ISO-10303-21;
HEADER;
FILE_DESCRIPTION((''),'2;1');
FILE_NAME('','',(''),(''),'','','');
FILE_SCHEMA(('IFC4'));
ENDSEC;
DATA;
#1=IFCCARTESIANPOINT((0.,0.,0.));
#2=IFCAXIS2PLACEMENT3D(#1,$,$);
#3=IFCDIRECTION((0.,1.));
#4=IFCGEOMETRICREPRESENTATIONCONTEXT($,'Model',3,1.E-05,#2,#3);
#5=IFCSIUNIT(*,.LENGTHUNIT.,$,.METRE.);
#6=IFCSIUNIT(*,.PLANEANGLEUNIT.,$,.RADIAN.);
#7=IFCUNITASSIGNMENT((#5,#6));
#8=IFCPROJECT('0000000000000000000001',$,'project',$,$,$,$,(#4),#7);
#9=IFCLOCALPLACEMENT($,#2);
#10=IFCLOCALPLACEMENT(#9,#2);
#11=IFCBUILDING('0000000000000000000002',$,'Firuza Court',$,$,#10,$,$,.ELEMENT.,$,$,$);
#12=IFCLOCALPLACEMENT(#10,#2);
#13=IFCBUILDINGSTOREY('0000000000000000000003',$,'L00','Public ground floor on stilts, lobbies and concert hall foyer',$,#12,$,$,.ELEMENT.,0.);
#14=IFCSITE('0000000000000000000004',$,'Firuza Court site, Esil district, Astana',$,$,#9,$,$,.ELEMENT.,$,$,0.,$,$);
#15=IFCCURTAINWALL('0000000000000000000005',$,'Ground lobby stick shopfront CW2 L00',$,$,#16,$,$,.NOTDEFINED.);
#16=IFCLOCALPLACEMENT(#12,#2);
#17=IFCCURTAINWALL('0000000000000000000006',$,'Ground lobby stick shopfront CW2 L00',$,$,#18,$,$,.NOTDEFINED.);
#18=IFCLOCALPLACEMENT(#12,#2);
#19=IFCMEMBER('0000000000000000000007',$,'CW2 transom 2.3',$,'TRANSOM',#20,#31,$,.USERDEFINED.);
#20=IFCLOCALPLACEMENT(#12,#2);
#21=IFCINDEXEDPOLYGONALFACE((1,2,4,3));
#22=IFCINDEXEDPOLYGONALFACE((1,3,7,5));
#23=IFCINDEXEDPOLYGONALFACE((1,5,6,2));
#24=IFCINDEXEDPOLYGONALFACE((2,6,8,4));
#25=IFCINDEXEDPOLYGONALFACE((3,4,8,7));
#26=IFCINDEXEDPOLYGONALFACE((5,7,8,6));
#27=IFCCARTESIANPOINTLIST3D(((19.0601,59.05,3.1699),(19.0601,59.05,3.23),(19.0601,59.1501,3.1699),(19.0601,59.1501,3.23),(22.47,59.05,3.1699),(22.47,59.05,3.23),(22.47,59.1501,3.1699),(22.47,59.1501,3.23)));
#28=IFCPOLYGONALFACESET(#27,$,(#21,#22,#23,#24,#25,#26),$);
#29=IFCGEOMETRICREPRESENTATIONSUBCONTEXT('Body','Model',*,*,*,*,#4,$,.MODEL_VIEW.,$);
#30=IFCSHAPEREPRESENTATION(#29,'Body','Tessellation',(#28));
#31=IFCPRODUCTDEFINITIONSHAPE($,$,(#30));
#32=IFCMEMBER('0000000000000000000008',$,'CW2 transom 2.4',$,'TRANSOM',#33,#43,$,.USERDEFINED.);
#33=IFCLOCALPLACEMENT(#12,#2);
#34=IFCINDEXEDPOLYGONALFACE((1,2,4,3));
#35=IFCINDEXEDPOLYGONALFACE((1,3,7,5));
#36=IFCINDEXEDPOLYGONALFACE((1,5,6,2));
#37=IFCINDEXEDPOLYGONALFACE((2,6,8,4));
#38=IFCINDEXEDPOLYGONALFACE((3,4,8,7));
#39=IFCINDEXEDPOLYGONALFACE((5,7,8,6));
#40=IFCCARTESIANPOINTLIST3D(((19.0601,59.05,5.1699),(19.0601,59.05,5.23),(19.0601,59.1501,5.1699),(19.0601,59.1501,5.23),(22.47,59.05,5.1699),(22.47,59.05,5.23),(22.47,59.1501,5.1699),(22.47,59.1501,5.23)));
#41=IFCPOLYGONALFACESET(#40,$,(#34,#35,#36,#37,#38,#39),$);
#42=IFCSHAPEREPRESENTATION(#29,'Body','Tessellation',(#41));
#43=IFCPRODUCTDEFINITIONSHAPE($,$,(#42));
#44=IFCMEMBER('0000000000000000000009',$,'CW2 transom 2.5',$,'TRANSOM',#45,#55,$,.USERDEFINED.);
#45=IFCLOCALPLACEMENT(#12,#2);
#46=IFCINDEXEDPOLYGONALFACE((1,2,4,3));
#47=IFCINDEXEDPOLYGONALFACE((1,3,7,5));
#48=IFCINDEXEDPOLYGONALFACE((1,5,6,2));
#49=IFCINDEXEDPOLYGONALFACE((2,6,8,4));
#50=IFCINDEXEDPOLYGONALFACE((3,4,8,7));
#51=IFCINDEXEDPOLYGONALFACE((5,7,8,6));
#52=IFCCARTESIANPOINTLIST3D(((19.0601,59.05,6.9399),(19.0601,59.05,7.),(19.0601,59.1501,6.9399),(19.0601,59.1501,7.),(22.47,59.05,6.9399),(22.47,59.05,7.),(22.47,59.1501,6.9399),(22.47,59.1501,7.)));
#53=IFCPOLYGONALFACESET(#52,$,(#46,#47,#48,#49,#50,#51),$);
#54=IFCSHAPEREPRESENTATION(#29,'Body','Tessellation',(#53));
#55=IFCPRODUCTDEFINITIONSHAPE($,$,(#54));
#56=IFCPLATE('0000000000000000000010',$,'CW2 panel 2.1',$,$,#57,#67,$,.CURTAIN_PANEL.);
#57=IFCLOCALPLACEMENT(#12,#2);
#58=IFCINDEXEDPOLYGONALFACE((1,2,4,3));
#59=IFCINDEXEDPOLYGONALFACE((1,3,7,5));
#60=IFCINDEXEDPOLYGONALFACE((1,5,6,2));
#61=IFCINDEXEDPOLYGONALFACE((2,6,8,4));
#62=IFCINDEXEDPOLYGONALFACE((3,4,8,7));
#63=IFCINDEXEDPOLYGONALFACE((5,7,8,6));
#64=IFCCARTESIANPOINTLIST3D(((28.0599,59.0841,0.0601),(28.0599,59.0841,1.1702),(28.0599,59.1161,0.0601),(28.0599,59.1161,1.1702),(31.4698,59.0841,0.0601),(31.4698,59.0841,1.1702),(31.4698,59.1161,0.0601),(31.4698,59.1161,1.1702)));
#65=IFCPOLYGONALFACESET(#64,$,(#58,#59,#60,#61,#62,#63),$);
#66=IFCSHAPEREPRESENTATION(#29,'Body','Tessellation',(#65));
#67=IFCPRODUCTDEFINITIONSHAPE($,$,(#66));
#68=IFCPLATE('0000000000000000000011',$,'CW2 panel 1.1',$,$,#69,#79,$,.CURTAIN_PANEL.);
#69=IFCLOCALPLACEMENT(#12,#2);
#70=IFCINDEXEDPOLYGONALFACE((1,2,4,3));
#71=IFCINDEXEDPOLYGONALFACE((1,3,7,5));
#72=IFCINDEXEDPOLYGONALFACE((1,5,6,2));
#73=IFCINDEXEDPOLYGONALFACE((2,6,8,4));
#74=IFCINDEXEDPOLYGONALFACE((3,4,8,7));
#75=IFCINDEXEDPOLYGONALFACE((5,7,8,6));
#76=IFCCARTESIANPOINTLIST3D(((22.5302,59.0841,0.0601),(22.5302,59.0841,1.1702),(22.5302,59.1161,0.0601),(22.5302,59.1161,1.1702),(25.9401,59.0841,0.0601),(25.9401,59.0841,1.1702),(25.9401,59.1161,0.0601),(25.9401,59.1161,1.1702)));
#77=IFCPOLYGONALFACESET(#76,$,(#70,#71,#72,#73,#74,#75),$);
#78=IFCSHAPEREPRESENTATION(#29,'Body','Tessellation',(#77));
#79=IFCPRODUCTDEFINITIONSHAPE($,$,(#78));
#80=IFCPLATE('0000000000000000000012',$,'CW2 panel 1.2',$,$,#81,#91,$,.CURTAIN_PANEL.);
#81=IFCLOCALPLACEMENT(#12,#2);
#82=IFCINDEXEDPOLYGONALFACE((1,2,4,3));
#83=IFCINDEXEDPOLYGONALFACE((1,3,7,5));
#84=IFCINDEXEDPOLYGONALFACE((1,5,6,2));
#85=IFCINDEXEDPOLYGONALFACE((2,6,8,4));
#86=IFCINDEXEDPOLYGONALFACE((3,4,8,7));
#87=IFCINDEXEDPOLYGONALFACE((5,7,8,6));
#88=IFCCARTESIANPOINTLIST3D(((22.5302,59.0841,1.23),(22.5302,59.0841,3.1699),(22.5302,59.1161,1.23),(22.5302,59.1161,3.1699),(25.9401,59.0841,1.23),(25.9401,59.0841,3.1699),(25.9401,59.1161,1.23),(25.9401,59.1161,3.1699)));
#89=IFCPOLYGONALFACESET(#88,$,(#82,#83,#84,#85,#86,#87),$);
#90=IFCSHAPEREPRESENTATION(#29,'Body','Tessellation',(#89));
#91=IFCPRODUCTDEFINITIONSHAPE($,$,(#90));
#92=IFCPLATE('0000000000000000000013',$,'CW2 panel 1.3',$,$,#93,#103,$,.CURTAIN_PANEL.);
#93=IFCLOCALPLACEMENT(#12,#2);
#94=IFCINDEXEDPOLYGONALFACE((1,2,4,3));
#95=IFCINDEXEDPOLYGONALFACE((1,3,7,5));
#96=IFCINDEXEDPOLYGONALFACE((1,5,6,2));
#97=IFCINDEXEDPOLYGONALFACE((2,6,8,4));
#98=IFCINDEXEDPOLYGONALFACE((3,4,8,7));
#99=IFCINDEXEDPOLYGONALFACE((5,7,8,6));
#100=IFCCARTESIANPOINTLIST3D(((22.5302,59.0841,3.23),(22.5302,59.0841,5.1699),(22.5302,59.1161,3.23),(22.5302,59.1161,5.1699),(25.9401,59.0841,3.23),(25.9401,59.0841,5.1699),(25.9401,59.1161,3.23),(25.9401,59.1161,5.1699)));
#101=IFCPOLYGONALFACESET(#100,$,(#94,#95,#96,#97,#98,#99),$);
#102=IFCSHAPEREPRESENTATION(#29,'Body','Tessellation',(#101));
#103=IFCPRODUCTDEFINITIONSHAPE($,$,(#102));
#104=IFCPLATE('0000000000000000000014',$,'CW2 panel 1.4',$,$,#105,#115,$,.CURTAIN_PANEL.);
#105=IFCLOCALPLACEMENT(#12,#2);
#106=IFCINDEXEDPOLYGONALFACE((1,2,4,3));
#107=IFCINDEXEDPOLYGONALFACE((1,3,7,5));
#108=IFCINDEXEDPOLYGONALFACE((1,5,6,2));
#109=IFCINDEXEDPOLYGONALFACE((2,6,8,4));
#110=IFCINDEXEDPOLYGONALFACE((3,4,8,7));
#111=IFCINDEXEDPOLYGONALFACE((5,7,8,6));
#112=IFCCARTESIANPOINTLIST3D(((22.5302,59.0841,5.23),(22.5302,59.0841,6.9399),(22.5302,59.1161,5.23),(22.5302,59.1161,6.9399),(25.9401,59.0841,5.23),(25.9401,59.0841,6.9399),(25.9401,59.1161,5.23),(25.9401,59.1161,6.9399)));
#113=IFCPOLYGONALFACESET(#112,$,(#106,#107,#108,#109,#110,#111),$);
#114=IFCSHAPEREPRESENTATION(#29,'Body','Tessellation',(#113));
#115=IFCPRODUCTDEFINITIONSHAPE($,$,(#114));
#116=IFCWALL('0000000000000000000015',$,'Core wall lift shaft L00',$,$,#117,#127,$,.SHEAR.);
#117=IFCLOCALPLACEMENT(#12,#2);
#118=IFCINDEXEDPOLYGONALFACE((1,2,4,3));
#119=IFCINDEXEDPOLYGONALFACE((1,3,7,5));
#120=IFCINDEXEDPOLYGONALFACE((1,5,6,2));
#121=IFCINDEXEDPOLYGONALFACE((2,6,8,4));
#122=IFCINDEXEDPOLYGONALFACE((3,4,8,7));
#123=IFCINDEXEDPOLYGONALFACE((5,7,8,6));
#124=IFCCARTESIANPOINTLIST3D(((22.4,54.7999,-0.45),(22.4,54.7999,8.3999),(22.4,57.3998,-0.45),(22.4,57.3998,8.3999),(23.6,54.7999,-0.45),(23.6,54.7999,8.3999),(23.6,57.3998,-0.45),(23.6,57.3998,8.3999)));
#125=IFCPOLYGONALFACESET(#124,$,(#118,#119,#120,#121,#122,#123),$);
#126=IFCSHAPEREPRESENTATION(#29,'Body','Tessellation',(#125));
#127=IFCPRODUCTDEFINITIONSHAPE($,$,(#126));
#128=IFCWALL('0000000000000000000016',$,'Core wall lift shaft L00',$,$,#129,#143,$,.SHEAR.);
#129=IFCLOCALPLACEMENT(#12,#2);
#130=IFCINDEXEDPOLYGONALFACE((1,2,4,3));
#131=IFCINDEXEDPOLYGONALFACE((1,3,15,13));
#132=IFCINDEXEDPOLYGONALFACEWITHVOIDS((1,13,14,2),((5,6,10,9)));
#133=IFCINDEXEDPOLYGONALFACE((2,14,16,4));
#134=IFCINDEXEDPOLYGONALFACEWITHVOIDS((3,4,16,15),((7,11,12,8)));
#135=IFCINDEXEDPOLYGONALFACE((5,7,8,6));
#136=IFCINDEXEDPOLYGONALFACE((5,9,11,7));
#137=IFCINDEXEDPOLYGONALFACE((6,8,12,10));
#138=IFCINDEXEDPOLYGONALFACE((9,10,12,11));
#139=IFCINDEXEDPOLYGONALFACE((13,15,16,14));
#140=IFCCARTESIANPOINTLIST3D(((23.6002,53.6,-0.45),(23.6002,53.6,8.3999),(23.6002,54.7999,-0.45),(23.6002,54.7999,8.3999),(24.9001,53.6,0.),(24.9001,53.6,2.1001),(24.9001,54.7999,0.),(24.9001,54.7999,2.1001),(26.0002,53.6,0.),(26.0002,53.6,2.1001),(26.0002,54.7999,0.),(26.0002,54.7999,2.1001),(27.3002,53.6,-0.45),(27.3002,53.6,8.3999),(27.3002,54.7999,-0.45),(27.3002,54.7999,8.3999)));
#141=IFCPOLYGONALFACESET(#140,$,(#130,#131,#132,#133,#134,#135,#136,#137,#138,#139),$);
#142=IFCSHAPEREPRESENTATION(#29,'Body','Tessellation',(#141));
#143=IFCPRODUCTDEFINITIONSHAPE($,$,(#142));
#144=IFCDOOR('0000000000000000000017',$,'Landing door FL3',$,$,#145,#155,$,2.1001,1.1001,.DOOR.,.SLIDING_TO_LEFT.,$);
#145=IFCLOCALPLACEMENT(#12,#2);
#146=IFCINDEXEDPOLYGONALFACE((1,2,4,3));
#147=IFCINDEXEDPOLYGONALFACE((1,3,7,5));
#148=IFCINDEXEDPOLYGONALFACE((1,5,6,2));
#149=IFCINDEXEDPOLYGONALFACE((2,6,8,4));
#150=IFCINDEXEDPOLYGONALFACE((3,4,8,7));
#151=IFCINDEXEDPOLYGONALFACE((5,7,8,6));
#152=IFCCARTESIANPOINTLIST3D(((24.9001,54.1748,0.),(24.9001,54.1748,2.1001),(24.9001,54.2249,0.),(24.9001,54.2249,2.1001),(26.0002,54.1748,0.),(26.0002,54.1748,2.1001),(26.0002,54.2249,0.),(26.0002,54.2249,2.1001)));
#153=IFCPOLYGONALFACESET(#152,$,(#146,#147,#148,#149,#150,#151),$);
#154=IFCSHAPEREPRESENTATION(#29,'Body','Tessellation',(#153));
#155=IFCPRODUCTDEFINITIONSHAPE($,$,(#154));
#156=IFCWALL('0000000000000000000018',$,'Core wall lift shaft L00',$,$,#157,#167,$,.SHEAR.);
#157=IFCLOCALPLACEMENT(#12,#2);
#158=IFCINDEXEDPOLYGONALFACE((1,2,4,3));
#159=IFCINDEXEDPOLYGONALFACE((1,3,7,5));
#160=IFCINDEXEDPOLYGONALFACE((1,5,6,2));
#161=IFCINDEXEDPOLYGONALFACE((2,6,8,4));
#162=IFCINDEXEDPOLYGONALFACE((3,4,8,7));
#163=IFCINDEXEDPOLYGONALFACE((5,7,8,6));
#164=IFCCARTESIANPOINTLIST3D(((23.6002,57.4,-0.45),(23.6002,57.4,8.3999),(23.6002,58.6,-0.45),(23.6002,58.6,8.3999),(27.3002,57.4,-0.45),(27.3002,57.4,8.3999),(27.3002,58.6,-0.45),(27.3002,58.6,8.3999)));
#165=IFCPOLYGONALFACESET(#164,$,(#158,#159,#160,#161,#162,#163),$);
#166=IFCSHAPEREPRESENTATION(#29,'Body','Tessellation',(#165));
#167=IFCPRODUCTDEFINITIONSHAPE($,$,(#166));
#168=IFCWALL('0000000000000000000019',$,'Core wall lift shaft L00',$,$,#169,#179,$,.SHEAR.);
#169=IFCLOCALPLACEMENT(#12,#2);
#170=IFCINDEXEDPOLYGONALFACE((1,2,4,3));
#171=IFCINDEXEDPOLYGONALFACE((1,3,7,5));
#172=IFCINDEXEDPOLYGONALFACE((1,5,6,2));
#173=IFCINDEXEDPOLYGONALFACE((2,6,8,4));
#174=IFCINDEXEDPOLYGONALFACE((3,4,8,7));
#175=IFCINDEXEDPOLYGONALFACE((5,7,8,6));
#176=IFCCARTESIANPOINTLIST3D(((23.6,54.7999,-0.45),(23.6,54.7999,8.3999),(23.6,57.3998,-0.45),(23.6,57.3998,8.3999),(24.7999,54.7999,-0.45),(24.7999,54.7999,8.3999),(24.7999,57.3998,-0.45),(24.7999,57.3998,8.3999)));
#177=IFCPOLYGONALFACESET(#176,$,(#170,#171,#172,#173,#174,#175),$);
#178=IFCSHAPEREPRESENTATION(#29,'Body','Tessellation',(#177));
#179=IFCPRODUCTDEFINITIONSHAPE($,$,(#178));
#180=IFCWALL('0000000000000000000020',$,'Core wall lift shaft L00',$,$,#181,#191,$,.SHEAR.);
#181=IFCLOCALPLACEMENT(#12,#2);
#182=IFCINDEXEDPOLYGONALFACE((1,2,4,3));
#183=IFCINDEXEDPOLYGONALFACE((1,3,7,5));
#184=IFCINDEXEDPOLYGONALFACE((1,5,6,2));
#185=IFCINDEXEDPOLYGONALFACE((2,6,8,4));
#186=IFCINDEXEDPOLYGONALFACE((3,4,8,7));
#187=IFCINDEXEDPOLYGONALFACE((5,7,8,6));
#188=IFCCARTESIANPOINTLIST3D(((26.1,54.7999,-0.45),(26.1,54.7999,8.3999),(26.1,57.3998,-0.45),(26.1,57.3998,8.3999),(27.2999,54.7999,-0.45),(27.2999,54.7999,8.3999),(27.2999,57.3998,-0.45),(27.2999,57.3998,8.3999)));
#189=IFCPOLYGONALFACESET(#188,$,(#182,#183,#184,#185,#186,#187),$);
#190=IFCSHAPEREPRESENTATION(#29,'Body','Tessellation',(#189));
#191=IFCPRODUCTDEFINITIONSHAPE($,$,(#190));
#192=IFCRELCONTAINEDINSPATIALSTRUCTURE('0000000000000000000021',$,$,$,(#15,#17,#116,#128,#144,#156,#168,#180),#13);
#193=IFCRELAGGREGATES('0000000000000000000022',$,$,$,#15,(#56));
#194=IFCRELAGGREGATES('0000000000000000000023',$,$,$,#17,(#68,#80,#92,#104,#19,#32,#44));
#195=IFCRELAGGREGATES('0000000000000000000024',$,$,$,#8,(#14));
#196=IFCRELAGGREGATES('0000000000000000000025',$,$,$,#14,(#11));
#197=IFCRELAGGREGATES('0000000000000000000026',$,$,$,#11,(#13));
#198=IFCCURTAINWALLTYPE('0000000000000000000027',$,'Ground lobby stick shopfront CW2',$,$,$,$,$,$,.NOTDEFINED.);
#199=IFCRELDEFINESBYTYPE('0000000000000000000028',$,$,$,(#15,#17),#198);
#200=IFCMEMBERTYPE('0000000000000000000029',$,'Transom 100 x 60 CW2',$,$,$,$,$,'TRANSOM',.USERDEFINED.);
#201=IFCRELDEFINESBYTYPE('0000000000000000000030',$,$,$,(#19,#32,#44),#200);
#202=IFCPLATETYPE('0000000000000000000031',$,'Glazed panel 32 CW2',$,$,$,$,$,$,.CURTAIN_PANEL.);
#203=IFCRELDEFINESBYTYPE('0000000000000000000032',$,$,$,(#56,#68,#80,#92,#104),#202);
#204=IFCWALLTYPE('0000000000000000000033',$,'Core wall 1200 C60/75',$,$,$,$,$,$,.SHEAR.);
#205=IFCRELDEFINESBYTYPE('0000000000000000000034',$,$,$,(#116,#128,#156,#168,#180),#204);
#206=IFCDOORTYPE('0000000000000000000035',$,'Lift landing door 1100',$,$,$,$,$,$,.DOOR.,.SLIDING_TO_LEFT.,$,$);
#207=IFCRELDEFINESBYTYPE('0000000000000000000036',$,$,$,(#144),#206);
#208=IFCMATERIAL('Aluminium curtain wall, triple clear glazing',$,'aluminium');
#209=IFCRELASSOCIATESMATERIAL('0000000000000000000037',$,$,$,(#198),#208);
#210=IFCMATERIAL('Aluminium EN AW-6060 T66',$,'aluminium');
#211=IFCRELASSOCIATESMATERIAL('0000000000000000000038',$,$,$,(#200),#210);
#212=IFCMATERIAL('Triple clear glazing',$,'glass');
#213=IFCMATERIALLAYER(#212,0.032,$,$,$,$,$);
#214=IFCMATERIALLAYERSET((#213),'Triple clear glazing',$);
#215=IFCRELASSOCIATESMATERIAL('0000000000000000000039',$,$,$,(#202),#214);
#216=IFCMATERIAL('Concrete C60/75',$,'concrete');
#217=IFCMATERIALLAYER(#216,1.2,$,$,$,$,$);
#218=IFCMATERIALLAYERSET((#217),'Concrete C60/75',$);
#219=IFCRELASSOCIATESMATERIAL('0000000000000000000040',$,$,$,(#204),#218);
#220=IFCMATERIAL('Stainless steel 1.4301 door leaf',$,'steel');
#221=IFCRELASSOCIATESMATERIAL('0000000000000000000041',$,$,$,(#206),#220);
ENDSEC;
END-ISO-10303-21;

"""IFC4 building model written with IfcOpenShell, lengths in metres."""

from ifc_helpers import new_model, si_unit, direction, frame, frame_2d, origin, origin_2d, place, context, subcontext, project, spatial, rectangle, extrude, material, layer, layer_set, material_profile, profile_set, type_object, element, fill, aggregate, save


model = new_model("IFC4")

# Units and contexts
model_context = context("Model", 3, precision=1e-05, world=origin(), true_north=direction((0.0, 1.0)))
body_context = subcontext(model_context, "Body", "Model", "MODEL_VIEW")
ifc_project = project(units=[si_unit("LENGTHUNIT", "METRE"), si_unit("PLANEANGLEUNIT", "RADIAN")], contexts=[model_context])

# Site, building, storey
site_placement = place(None, origin())
site = spatial("IfcSite", under=ifc_project, at=site_placement, Name="Firuza Court site, Esil district, Astana", CompositionType="ELEMENT", RefElevation=0.0)
building_placement = place(site_placement, origin())
building = spatial("IfcBuilding", under=site, at=building_placement, Name="Firuza Court", CompositionType="ELEMENT")
storey_placement = place(building_placement, origin())
storey = spatial("IfcBuildingStorey", under=building, at=storey_placement, Name="L00", Description="Public ground floor on stilts, lobbies and concert hall foyer", CompositionType="ELEMENT", Elevation=0.0)

# Curtain wall
ifc_material_1 = material(Name="Aluminium curtain wall, triple clear glazing", Category="aluminium")
curtain_wall_type = type_object("IfcCurtainWallType", Name="Ground lobby stick shopfront CW2", PredefinedType="NOTDEFINED", material=ifc_material_1)
curtain_wall_1_placement = place(storey_placement, origin())
curtain_wall_1 = element("IfcCurtainWall", 1, at=curtain_wall_1_placement, inside=storey, type_object=curtain_wall_type, Name="Ground lobby stick shopfront CW2 L00", PredefinedType="NOTDEFINED")

# Curtain wall
curtain_wall_2_placement = place(storey_placement, origin())
curtain_wall_2 = element("IfcCurtainWall", 2, at=curtain_wall_2_placement, inside=storey, type_object=curtain_wall_type, Name="Ground lobby stick shopfront CW2 L00", PredefinedType="NOTDEFINED")

# Members
ifc_material_2 = material(Name="Aluminium EN AW-6060 T66", Category="aluminium")
ifc_material_profile_1 = material_profile(ifc_material_2, rectangle(XDim=0.1001, YDim=0.0601, at=origin_2d()), Name="Transom 100 x 60 CW2")
ifc_profile_set_1 = profile_set([ifc_material_profile_1], Name="Aluminium EN AW-6060 T66")
member_type_1 = type_object("IfcMemberType", Name="Transom 100 x 60 CW2", ElementType="TRANSOM", PredefinedType="USERDEFINED", material=ifc_profile_set_1)
member_1_placement = place(storey_placement, frame((22.47, 59.1001, 3.2), z_axis=(-1.0, 0.0, 0.0), x_axis=(0.0, -1.0, 0.0)))
member_1 = element("IfcMember", 3, at=member_1_placement, type_object=member_type_1, Name="CW2 transom 2.3", ObjectType="TRANSOM", PredefinedType="USERDEFINED", context=body_context, shape_type="SweptSolid", body=[
    extrude(rectangle(XDim=0.1001, YDim=0.0601, at=origin_2d()), origin(), (0.0, 0.0, 1.0), 3.4099),
])
member_2_placement = place(storey_placement, frame((22.47, 59.1001, 5.2), z_axis=(-1.0, 0.0, 0.0), x_axis=(0.0, -1.0, 0.0)))
member_2 = element("IfcMember", 4, at=member_2_placement, type_object=member_type_1, Name="CW2 transom 2.4", ObjectType="TRANSOM", PredefinedType="USERDEFINED", context=body_context, shape_type="SweptSolid", body=[
    extrude(rectangle(XDim=0.1001, YDim=0.0601, at=origin_2d()), origin(), (0.0, 0.0, 1.0), 3.4099),
])
member_3_placement = place(storey_placement, frame((22.47, 59.1001, 6.97), z_axis=(-1.0, 0.0, 0.0), x_axis=(0.0, -1.0, 0.0)))
member_3 = element("IfcMember", 5, at=member_3_placement, type_object=member_type_1, Name="CW2 transom 2.5", ObjectType="TRANSOM", PredefinedType="USERDEFINED", context=body_context, shape_type="SweptSolid", body=[
    extrude(rectangle(XDim=0.1001, YDim=0.0601, at=origin_2d()), origin(), (0.0, 0.0, 1.0), 3.4099),
])

# Plates
ifc_material_3 = material(Name="Triple clear glazing", Category="glass")
ifc_layer_1 = layer(ifc_material_3, 0.032)
ifc_layer_set_1 = layer_set([ifc_layer_1], Name="Triple clear glazing")
plate_type = type_object("IfcPlateType", Name="Glazed panel 32 CW2", PredefinedType="CURTAIN_PANEL", material=ifc_layer_set_1)
plate_1_placement = place(storey_placement, frame((29.7649, 59.1001, 0.0601), z_axis=(0.0, 0.0, 1.0), x_axis=(-1.0, 0.0, 0.0)))
plate_1 = element("IfcPlate", 6, at=plate_1_placement, type_object=plate_type, Name="CW2 panel 2.1", PredefinedType="CURTAIN_PANEL", context=body_context, shape_type="SweptSolid", body=[
    extrude(rectangle(XDim=3.4099, YDim=0.032, at=origin_2d()), origin(), (0.0, 0.0, 1.0), 1.1101),
])
aggregate(curtain_wall_1, [plate_1])
plate_2_placement = place(storey_placement, frame((24.2351, 59.1001, 0.0601), z_axis=(0.0, 0.0, 1.0), x_axis=(-1.0, 0.0, 0.0)))
plate_2 = element("IfcPlate", 7, at=plate_2_placement, type_object=plate_type, Name="CW2 panel 1.1", PredefinedType="CURTAIN_PANEL", context=body_context, shape_type="SweptSolid", body=[
    extrude(rectangle(XDim=3.4099, YDim=0.032, at=origin_2d()), origin(), (0.0, 0.0, 1.0), 1.1101),
])
plate_3_placement = place(storey_placement, frame((24.2351, 59.1001, 1.23), z_axis=(0.0, 0.0, 1.0), x_axis=(-1.0, 0.0, 0.0)))
plate_3 = element("IfcPlate", 8, at=plate_3_placement, type_object=plate_type, Name="CW2 panel 1.2", PredefinedType="CURTAIN_PANEL", context=body_context, shape_type="SweptSolid", body=[
    extrude(rectangle(XDim=3.4099, YDim=0.032, at=origin_2d()), origin(), (0.0, 0.0, 1.0), 1.9399),
])
plate_4_placement = place(storey_placement, frame((24.2351, 59.1001, 3.23), z_axis=(0.0, 0.0, 1.0), x_axis=(-1.0, 0.0, 0.0)))
plate_4 = element("IfcPlate", 9, at=plate_4_placement, type_object=plate_type, Name="CW2 panel 1.3", PredefinedType="CURTAIN_PANEL", context=body_context, shape_type="SweptSolid", body=[
    extrude(rectangle(XDim=3.4099, YDim=0.032, at=origin_2d()), origin(), (0.0, 0.0, 1.0), 1.9399),
])
plate_5_placement = place(storey_placement, frame((24.2351, 59.1001, 5.23), z_axis=(0.0, 0.0, 1.0), x_axis=(-1.0, 0.0, 0.0)))
plate_5 = element("IfcPlate", 10, at=plate_5_placement, type_object=plate_type, Name="CW2 panel 1.4", PredefinedType="CURTAIN_PANEL", context=body_context, shape_type="SweptSolid", body=[
    extrude(rectangle(XDim=3.4099, YDim=0.032, at=origin_2d()), origin(), (0.0, 0.0, 1.0), 1.71),
])
aggregate(curtain_wall_2, [plate_2, plate_3, plate_4, plate_5, member_1, member_2, member_3])

# Wall
ifc_material_4 = material(Name="Concrete C60/75", Category="concrete")
ifc_layer_2 = layer(ifc_material_4, 1.2)
ifc_layer_set_2 = layer_set([ifc_layer_2], Name="Concrete C60/75")
wall_type_1 = type_object("IfcWallType", Name="Core wall 1200 C60/75", PredefinedType="SHEAR", material=ifc_layer_set_2)
wall_1_placement = place(storey_placement, frame((23.0, 54.8, -0.45), z_axis=(0.0, 0.0, 1.0), x_axis=(0.0, 1.0, 0.0)))
element("IfcWall", 11, at=wall_1_placement, inside=storey, type_object=wall_type_1, Name="Core wall lift shaft L00", PredefinedType="SHEAR", context=body_context, shape_type="SweptSolid", body=[
    extrude(rectangle(XDim=2.5999, YDim=1.2, at=frame_2d((1.2998, 0.0))), origin(), (0.0, 0.0, 1.0), 8.8499),
])

# Wall, opening, door
wall_2_placement = place(storey_placement, frame((23.6001, 54.2, -0.45), z_axis=(0.0, 0.0, 1.0), x_axis=(1.0, 0.0, 0.0)))
wall_2 = element("IfcWall", 12, at=wall_2_placement, inside=storey, type_object=wall_type_1, Name="Core wall lift shaft L00", PredefinedType="SHEAR", context=body_context, shape_type="SweptSolid", body=[
    extrude(rectangle(XDim=3.7, YDim=1.2, at=frame_2d((1.8501, 0.0))), origin(), (0.0, 0.0, 1.0), 8.8499),
])
opening_1_placement = place(wall_2_placement, frame((1.3, 0.0, 0.45)))
opening_1 = element("IfcOpeningElement", 13, at=opening_1_placement, cuts=wall_2, PredefinedType="OPENING", context=body_context, shape_type="SweptSolid", body=[
    extrude(rectangle(XDim=1.1001, YDim=2.1001, at=frame_2d((0.55, 1.05))), frame((0.0, 0.6118, 0.0), z_axis=(0.0, -1.0, 0.0), x_axis=(1.0, 0.0, 0.0)), (0.0, 0.0, 1.0), 1.2239),
])
ifc_material_5 = material(Name="Stainless steel 1.4301 door leaf", Category="steel")
door_type_1 = type_object("IfcDoorType", Name="Lift landing door 1100", OperationType="SLIDING_TO_LEFT", PredefinedType="DOOR", material=ifc_material_5)
door_1_placement = place(opening_1_placement, origin())
door_1 = element("IfcDoor", 14, at=door_1_placement, inside=storey, type_object=door_type_1, Name="Landing door FL3", OperationType="SLIDING_TO_LEFT", OverallHeight=2.1001, OverallWidth=1.1001, PredefinedType="DOOR", context=body_context, shape_type="SweptSolid", body=[
    extrude(rectangle(XDim=1.1001, YDim=2.1001, at=frame_2d((0.55, 1.05))), frame((0.0, 0.0249, 0.0), z_axis=(0.0, -1.0, 0.0), x_axis=(1.0, 0.0, 0.0)), (0.0, 0.0, 1.0), 0.05),
])
fill(opening_1, door_1)

# Walls
wall_3_placement = place(storey_placement, frame((23.6001, 58.0, -0.45), z_axis=(0.0, 0.0, 1.0), x_axis=(1.0, 0.0, 0.0)))
element("IfcWall", 15, at=wall_3_placement, inside=storey, type_object=wall_type_1, Name="Core wall lift shaft L00", PredefinedType="SHEAR", context=body_context, shape_type="SweptSolid", body=[
    extrude(rectangle(XDim=3.7, YDim=1.2, at=frame_2d((1.8501, 0.0))), origin(), (0.0, 0.0, 1.0), 8.8499),
])
for number, where, z_axis, x_axis, name in (
    (16, (24.2, 54.8, -0.45), (0.0, 0.0, 1.0), (0.0, 1.0, 0.0), "Core wall lift shaft L00"),
    (17, (26.7, 54.8, -0.45), (0.0, 0.0, 1.0), (0.0, 1.0, 0.0), "Core wall lift shaft L00"),
):
    element("IfcWall", number, at=place(storey_placement, frame(where, z_axis=z_axis, x_axis=x_axis)), inside=storey, type_object=wall_type_1, Name=name, PredefinedType="SHEAR", context=body_context, shape_type="SweptSolid", body=[
        extrude(rectangle(XDim=2.5999, YDim=1.2, at=frame_2d((1.2998, 0.0))), origin(), (0.0, 0.0, 1.0), 8.8499),
    ])

save(model, "model.ifc")
